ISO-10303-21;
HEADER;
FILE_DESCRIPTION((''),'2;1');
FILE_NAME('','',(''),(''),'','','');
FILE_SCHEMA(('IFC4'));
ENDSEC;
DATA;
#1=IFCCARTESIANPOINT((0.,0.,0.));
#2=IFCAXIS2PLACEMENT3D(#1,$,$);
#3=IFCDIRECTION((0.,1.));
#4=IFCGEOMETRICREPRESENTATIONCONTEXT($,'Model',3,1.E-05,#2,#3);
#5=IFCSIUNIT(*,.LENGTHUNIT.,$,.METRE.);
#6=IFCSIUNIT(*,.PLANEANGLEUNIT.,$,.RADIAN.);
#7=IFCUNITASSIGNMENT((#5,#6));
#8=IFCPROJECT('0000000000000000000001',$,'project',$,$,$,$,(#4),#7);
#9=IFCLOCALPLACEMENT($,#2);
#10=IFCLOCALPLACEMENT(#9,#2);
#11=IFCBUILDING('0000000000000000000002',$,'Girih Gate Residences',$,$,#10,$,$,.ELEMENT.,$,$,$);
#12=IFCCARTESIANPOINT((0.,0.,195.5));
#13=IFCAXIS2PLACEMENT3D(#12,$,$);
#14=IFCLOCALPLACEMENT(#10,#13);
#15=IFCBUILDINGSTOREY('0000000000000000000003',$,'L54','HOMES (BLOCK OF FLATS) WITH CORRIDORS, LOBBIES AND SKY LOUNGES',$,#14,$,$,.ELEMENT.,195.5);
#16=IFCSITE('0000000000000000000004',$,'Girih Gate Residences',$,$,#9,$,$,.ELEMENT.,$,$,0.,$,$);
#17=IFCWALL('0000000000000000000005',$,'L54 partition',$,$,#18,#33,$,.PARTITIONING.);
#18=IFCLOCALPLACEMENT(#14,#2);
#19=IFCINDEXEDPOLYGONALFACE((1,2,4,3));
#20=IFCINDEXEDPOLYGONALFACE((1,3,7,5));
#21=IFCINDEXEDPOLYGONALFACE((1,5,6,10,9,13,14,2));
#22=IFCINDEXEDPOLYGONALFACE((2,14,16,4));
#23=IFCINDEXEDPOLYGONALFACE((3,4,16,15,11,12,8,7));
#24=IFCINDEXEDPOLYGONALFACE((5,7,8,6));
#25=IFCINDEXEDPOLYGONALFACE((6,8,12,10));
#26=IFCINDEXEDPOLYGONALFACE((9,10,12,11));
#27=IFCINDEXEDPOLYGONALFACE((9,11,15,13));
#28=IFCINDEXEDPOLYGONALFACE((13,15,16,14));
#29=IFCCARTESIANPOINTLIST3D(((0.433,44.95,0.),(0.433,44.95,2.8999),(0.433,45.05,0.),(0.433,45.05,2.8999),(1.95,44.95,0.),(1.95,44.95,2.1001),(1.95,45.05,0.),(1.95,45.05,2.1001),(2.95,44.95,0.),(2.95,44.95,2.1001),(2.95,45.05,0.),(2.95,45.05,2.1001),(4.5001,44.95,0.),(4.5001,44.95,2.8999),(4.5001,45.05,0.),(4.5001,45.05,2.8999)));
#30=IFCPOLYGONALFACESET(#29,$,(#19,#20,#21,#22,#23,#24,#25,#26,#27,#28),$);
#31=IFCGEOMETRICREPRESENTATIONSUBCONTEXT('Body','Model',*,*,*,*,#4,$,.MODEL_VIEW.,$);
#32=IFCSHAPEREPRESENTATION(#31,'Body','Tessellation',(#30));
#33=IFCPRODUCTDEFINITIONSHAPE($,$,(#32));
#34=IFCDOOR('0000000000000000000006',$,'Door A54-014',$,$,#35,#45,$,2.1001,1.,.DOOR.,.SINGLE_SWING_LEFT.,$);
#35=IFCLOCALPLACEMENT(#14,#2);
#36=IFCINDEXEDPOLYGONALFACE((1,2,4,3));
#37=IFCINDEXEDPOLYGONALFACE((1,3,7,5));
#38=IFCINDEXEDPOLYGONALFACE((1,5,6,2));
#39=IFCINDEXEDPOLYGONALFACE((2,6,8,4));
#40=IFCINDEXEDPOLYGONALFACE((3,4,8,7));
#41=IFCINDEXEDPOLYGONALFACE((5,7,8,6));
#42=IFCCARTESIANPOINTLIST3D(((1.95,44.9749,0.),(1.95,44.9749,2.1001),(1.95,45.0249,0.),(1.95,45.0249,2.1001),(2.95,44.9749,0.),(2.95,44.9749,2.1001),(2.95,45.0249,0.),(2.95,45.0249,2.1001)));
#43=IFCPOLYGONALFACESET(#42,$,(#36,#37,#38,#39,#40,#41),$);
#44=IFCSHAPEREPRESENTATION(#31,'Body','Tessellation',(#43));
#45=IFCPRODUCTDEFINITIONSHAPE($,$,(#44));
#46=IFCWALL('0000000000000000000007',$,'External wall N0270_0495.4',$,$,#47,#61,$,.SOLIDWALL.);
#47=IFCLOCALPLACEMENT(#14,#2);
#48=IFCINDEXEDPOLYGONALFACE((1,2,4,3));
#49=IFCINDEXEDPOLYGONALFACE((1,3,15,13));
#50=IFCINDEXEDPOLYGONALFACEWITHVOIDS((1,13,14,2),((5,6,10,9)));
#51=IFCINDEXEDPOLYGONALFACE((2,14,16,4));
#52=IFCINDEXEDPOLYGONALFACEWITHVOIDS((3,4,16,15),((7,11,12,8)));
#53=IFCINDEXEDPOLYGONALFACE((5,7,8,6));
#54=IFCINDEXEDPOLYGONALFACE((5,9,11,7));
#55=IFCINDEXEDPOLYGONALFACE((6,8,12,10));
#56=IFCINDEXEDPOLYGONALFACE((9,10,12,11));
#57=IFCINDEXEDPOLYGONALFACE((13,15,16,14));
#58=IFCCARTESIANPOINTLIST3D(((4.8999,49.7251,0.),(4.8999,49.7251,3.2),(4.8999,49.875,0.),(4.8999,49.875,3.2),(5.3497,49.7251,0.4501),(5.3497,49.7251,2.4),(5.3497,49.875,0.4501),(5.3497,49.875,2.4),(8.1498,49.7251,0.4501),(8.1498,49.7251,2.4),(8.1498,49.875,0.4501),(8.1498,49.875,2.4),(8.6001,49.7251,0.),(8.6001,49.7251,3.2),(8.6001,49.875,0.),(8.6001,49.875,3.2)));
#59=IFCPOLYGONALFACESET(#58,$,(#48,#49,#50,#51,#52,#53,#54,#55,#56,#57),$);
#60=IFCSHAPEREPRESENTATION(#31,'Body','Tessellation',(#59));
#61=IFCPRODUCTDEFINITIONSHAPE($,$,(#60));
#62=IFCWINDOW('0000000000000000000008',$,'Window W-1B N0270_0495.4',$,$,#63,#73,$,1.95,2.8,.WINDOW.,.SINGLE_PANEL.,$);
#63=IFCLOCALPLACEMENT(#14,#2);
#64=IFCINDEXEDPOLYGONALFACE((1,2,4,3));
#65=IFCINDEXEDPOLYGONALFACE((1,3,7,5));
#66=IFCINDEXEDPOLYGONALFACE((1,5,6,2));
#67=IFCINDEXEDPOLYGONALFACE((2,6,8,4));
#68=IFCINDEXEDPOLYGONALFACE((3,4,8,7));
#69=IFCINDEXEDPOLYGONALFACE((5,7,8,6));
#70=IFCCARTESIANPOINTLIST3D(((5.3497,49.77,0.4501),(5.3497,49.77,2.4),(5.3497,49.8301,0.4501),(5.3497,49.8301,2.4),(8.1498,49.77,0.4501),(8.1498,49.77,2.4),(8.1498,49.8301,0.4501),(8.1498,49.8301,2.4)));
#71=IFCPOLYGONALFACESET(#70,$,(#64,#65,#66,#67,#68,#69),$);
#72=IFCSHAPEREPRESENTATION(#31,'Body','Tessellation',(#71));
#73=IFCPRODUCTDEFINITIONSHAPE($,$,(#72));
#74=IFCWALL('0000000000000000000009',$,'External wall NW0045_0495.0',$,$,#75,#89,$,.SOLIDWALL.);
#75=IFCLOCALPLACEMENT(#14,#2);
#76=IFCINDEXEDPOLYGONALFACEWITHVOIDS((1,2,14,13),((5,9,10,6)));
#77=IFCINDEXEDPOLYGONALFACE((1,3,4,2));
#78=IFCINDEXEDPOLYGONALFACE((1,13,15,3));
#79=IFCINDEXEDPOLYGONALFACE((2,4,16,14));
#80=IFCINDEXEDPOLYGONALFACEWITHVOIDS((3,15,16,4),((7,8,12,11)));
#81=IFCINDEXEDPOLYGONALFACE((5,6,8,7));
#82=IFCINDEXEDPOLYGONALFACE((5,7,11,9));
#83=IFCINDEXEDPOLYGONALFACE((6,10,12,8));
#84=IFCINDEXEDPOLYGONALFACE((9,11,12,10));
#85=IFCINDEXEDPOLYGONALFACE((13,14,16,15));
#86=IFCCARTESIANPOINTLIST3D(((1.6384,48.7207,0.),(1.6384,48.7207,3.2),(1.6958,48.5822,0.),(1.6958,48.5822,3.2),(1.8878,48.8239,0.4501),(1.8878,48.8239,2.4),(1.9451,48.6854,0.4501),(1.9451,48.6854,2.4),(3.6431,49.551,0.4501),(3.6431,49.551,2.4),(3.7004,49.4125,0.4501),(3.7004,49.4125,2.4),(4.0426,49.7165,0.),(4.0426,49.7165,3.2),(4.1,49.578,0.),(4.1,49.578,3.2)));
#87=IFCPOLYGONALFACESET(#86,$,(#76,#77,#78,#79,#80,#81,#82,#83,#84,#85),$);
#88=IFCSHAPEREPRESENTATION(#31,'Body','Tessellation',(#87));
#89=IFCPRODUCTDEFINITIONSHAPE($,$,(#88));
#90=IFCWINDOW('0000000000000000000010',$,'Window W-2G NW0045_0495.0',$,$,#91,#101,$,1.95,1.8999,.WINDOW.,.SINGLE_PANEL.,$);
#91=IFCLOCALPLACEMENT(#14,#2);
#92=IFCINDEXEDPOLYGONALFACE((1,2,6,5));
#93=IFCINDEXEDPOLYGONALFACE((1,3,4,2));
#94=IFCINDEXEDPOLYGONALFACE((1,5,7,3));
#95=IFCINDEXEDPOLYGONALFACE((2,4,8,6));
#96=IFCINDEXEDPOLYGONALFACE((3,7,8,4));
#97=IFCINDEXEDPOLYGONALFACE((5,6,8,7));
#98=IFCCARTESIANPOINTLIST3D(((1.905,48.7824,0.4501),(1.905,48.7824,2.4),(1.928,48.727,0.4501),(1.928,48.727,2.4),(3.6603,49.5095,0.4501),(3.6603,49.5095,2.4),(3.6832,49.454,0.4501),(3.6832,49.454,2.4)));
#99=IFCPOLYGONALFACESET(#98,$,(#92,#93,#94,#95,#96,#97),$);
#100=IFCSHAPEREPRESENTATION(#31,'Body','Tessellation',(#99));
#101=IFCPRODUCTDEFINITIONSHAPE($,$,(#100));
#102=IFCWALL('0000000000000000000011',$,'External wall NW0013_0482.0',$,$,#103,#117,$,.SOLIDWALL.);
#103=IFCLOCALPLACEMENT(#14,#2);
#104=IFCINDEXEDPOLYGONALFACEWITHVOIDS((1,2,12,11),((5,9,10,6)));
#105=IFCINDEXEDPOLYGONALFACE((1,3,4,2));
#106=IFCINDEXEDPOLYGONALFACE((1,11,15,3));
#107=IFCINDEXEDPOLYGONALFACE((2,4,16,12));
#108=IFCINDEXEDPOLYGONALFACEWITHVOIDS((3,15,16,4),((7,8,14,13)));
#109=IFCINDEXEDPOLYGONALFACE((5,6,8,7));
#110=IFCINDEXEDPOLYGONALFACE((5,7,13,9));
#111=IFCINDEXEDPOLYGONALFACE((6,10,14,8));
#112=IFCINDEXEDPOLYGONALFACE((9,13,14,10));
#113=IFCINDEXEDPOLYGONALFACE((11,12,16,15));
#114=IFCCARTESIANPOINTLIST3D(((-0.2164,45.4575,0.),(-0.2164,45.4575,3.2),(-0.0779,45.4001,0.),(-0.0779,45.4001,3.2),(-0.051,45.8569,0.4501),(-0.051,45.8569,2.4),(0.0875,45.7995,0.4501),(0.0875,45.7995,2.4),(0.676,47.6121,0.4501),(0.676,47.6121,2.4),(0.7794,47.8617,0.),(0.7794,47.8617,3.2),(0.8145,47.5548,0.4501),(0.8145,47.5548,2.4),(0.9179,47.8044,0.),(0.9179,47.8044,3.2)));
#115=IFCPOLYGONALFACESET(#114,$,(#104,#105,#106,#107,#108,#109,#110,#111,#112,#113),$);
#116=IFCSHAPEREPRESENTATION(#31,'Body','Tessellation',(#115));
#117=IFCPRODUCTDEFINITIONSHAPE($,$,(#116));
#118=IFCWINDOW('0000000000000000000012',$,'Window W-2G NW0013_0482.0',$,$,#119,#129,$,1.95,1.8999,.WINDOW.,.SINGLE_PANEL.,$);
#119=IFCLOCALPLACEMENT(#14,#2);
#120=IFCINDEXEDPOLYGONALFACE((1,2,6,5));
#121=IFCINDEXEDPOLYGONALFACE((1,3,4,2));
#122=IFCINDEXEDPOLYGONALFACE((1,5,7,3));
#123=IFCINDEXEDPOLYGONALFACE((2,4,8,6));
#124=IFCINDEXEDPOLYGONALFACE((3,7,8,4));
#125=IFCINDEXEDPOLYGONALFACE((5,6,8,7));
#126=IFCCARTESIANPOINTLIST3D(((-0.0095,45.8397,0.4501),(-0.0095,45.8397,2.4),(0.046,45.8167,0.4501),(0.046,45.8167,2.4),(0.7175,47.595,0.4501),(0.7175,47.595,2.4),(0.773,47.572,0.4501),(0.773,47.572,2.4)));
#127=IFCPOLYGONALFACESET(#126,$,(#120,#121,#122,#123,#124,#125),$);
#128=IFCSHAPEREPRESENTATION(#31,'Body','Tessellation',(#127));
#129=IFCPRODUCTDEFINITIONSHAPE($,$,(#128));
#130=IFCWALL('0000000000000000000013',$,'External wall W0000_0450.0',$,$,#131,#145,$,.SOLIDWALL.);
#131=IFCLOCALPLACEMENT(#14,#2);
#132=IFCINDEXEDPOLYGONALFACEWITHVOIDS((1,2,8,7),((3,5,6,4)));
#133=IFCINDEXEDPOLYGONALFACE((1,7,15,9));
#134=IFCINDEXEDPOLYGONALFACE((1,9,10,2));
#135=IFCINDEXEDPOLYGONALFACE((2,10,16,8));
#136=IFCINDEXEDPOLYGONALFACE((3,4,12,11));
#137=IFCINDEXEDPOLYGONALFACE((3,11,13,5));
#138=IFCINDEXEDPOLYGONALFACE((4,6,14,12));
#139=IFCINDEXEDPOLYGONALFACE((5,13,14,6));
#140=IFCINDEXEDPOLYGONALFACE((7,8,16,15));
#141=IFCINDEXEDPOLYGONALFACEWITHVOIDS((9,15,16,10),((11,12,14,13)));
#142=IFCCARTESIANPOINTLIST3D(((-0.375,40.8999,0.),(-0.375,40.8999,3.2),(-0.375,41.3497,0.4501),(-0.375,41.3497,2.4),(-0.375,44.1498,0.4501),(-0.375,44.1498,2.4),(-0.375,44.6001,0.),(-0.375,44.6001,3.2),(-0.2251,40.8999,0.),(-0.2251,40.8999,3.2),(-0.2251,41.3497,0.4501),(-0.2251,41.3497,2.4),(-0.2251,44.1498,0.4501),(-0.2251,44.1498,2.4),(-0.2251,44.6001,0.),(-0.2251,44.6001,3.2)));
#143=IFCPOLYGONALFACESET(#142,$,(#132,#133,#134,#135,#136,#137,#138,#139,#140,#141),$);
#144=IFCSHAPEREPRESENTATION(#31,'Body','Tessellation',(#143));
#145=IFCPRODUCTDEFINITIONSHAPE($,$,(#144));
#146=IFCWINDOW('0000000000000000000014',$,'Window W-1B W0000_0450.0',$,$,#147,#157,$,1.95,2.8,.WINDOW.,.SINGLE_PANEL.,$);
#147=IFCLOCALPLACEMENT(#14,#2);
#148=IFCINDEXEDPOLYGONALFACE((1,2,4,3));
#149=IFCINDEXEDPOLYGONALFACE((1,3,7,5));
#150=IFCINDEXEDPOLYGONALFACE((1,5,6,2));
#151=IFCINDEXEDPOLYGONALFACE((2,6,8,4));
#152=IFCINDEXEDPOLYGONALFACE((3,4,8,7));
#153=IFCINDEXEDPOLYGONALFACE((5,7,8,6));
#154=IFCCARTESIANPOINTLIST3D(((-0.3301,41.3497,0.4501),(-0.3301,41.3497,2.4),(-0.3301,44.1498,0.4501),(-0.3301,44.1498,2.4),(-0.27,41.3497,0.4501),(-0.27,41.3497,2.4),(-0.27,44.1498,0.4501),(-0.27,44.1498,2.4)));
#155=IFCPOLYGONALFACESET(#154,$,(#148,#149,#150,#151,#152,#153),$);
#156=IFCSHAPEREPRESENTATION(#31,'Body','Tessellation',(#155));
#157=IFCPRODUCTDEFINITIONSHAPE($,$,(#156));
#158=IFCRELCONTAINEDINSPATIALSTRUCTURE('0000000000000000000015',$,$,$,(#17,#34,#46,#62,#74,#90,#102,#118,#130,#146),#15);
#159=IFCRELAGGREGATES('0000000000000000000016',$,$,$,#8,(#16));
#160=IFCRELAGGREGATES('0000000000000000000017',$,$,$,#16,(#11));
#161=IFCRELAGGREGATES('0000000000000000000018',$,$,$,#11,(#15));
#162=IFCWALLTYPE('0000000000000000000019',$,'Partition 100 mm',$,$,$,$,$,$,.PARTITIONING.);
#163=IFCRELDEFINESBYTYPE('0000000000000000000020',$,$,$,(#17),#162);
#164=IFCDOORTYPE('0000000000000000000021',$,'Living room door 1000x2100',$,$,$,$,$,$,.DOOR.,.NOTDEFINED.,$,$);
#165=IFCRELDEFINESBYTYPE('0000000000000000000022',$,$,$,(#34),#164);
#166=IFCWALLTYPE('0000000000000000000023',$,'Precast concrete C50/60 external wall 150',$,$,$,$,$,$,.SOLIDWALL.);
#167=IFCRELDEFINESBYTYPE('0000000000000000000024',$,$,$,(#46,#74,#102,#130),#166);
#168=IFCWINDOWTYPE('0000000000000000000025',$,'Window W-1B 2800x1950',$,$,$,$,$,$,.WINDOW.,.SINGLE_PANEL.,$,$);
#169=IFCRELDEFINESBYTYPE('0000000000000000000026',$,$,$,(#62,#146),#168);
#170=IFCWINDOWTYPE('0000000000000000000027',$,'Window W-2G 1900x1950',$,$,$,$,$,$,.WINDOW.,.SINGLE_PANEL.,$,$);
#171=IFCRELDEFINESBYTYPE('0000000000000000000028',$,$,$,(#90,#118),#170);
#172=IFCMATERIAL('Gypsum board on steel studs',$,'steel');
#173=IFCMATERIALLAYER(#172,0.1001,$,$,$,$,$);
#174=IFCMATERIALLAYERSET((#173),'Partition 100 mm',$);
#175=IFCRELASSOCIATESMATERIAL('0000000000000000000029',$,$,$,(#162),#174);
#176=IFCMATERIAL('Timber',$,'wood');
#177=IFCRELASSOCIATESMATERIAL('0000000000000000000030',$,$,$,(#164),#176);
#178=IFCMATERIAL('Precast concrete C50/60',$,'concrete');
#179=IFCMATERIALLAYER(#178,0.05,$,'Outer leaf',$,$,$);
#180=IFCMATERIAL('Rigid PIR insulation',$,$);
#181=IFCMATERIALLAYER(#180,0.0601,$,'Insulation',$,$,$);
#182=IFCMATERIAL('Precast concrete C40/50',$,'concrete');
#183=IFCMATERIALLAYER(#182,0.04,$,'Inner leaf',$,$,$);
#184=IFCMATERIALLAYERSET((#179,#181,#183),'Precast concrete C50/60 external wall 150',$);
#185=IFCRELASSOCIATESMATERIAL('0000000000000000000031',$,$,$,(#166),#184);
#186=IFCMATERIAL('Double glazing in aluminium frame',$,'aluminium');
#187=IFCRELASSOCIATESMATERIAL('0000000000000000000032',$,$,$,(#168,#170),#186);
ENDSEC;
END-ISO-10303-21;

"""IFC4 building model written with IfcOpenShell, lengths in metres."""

from ifc_helpers import new_model, si_unit, direction, frame, frame_2d, origin, place, context, subcontext, project, spatial, rectangle, extrude, material, layer, layer_set, type_object, element, fill, save


model = new_model("IFC4")

# Units and contexts
model_context = context("Model", 3, precision=1e-05, world=origin(), true_north=direction((0.0, 1.0)))
body_context = subcontext(model_context, "Body", "Model", "MODEL_VIEW")
ifc_project = project(units=[si_unit("LENGTHUNIT", "METRE"), si_unit("PLANEANGLEUNIT", "RADIAN")], contexts=[model_context])

# Site, building, storey
site_placement = place(None, origin())
site = spatial("IfcSite", under=ifc_project, at=site_placement, Name="Girih Gate Residences", CompositionType="ELEMENT", RefElevation=0.0)
building_placement = place(site_placement, origin())
building = spatial("IfcBuilding", under=site, at=building_placement, Name="Girih Gate Residences", CompositionType="ELEMENT")
storey_placement = place(building_placement, frame((0.0, 0.0, 195.5)))
storey = spatial("IfcBuildingStorey", under=building, at=storey_placement, Name="L54", Description="HOMES (BLOCK OF FLATS) WITH CORRIDORS, LOBBIES AND SKY LOUNGES", CompositionType="ELEMENT", Elevation=195.5)

# Shared definitions
ifc_material_1 = material(Name="Gypsum board on steel studs", Category="steel")

# Shared definitions
ifc_material_2 = material(Name="Timber", Category="wood")
ifc_layer_1 = layer(ifc_material_1, 0.1001)
ifc_layer_set_1 = layer_set([ifc_layer_1], Name="Partition 100 mm")
wall_type_1 = type_object("IfcWallType", Name="Partition 100 mm", PredefinedType="PARTITIONING", material=ifc_layer_set_1)

# Wall, opening, door
wall_1_placement = place(storey_placement, frame((0.4329, 45.0, 0.0), z_axis=(0.0, 0.0, 1.0), x_axis=(1.0, 0.0, 0.0)))
wall_1 = element("IfcWall", 1, at=wall_1_placement, inside=storey, type_object=wall_type_1, Name="L54 partition", PredefinedType="PARTITIONING", context=body_context, shape_type="SweptSolid", body=[
    extrude(rectangle(XDim=4.0671, YDim=0.1001, at=frame_2d((2.0337, 0.0))), origin(), (0.0, 0.0, 1.0), 2.8999),
])
opening_1_placement = place(wall_1_placement, frame((1.5171, 0.0, 0.0)))
opening_1 = element("IfcOpeningElement", 2, at=opening_1_placement, cuts=wall_1, PredefinedType="OPENING", context=body_context, shape_type="SweptSolid", body=[
    extrude(rectangle(XDim=1.0, YDim=2.1001, at=frame_2d((0.5, 1.05))), frame((0.0, 0.0601, 0.0), z_axis=(0.0, -1.0, 0.0), x_axis=(1.0, 0.0, 0.0)), (0.0, 0.0, 1.0), 0.1201),
])
door_type_1 = type_object("IfcDoorType", Name="Living room door 1000x2100", OperationType="NOTDEFINED", PredefinedType="DOOR", material=ifc_material_2)
door_1_placement = place(opening_1_placement, origin())
door_1 = element("IfcDoor", 3, at=door_1_placement, inside=storey, type_object=door_type_1, Name="Door A54-014", OperationType="SINGLE_SWING_LEFT", OverallHeight=2.1001, OverallWidth=1.0, PredefinedType="DOOR", context=body_context, shape_type="SweptSolid", body=[
    extrude(rectangle(XDim=1.0, YDim=2.1001, at=frame_2d((0.5, 1.05))), frame((0.0, 0.0249, 0.0), z_axis=(0.0, -1.0, 0.0), x_axis=(1.0, 0.0, 0.0)), (0.0, 0.0, 1.0), 0.05),
])
fill(opening_1, door_1)

# Walls, openings, windows
ifc_material_3 = material(Name="Precast concrete C50/60", Category="concrete")
ifc_layer_2 = layer(ifc_material_3, 0.05, Name="Outer leaf")
ifc_material_4 = material(Name="Rigid PIR insulation")
ifc_layer_3 = layer(ifc_material_4, 0.0601, Name="Insulation")
ifc_material_5 = material(Name="Precast concrete C40/50", Category="concrete")
ifc_layer_4 = layer(ifc_material_5, 0.04, Name="Inner leaf")
ifc_layer_set_2 = layer_set([ifc_layer_2, ifc_layer_3, ifc_layer_4], Name="Precast concrete C50/60 external wall 150")
wall_type_2 = type_object("IfcWallType", Name="Precast concrete C50/60 external wall 150", PredefinedType="SOLIDWALL", material=ifc_layer_set_2)
wall_2_placement = place(storey_placement, frame((4.8999, 49.8, 0.0), z_axis=(0.0, 0.0, 1.0), x_axis=(1.0, 0.0, 0.0)))
wall_2 = element("IfcWall", 4, at=wall_2_placement, inside=storey, type_object=wall_type_2, Name="External wall N0270_0495.4", PredefinedType="SOLIDWALL", context=body_context, shape_type="SweptSolid", body=[
    extrude(rectangle(XDim=3.7002, YDim=0.1499, at=frame_2d((1.8501, 0.0))), origin(), (0.0, 0.0, 1.0), 3.2),
])
opening_2_placement = place(wall_2_placement, frame((0.45, 0.0, 0.45)))
opening_2 = element("IfcOpeningElement", 5, at=opening_2_placement, cuts=wall_2, PredefinedType="OPENING", context=body_context, shape_type="SweptSolid", body=[
    extrude(rectangle(XDim=2.8, YDim=1.95, at=frame_2d((1.3999, 0.9751))), frame((0.0, 0.085, 0.0), z_axis=(0.0, -1.0, 0.0), x_axis=(1.0, 0.0, 0.0)), (0.0, 0.0, 1.0), 0.1699),
])
ifc_material_6 = material(Name="Double glazing in aluminium frame", Category="aluminium")
window_type_1 = type_object("IfcWindowType", Name="Window W-1B 2800x1950", PartitioningType="SINGLE_PANEL", PredefinedType="WINDOW", material=ifc_material_6)
window_1_placement = place(opening_2_placement, origin())
window_1 = element("IfcWindow", 6, at=window_1_placement, inside=storey, type_object=window_type_1, Name="Window W-1B N0270_0495.4", OverallHeight=1.95, OverallWidth=2.8, PartitioningType="SINGLE_PANEL", PredefinedType="WINDOW", context=body_context, shape_type="SweptSolid", body=[
    extrude(rectangle(XDim=2.8, YDim=1.95, at=frame_2d((1.3999, 0.9751))), frame((0.0, 0.03, 0.0), z_axis=(0.0, -1.0, 0.0), x_axis=(1.0, 0.0, 0.0)), (0.0, 0.0, 1.0), 0.0601),
])
fill(opening_2, window_1)
wall_3_placement = place(storey_placement, frame((1.667, 48.6514, 0.0), z_axis=(0.0, 0.0, 1.0), x_axis=(0.923885, 0.382669, 0.0)))
wall_3 = element("IfcWall", 7, at=wall_3_placement, inside=storey, type_object=wall_type_2, Name="External wall NW0045_0495.0", PredefinedType="SOLIDWALL", context=body_context, shape_type="SweptSolid", body=[
    extrude(rectangle(XDim=2.6023, YDim=0.1499, at=frame_2d((1.3013, 0.0))), origin(), (0.0, 0.0, 1.0), 3.2),
])
opening_3_placement = place(wall_3_placement, frame((0.27, 0.0, 0.45)))
opening_3 = element("IfcOpeningElement", 8, at=opening_3_placement, cuts=wall_3, PredefinedType="OPENING", context=body_context, shape_type="SweptSolid", body=[
    extrude(rectangle(XDim=1.8999, YDim=1.95, at=frame_2d((0.95, 0.9751))), frame((0.0, 0.085, 0.0), z_axis=(0.0, -1.0, 0.0), x_axis=(1.0, 0.0, 0.0)), (0.0, 0.0, 1.0), 0.1699),
])
window_type_2 = type_object("IfcWindowType", Name="Window W-2G 1900x1950", PartitioningType="SINGLE_PANEL", PredefinedType="WINDOW", material=ifc_material_6)
window_2_placement = place(opening_3_placement, origin())
window_2 = element("IfcWindow", 9, at=window_2_placement, inside=storey, type_object=window_type_2, Name="Window W-2G NW0045_0495.0", OverallHeight=1.95, OverallWidth=1.8999, PartitioningType="SINGLE_PANEL", PredefinedType="WINDOW", context=body_context, shape_type="SweptSolid", body=[
    extrude(rectangle(XDim=1.8999, YDim=1.95, at=frame_2d((0.95, 0.9751))), frame((0.0, 0.03, 0.0), z_axis=(0.0, -1.0, 0.0), x_axis=(1.0, 0.0, 0.0)), (0.0, 0.0, 1.0), 0.0601),
])
fill(opening_3, window_2)
wall_4_placement = place(storey_placement, frame((-0.1472, 45.4287, 0.0), z_axis=(0.0, 0.0, 1.0), x_axis=(0.382669, 0.923885, 0.0)))
wall_4 = element("IfcWall", 10, at=wall_4_placement, inside=storey, type_object=wall_type_2, Name="External wall NW0013_0482.0", PredefinedType="SOLIDWALL", context=body_context, shape_type="SweptSolid", body=[
    extrude(rectangle(XDim=2.6023, YDim=0.1499, at=frame_2d((1.3013, 0.0))), origin(), (0.0, 0.0, 1.0), 3.2),
])
opening_4_placement = place(wall_4_placement, frame((0.4324, 0.0, 0.45)))
opening_4 = element("IfcOpeningElement", 11, at=opening_4_placement, cuts=wall_4, PredefinedType="OPENING", context=body_context, shape_type="SweptSolid", body=[
    extrude(rectangle(XDim=1.8999, YDim=1.95, at=frame_2d((0.95, 0.9751))), frame((0.0, 0.085, 0.0), z_axis=(0.0, -1.0, 0.0), x_axis=(1.0, 0.0, 0.0)), (0.0, 0.0, 1.0), 0.1699),
])
window_3_placement = place(opening_4_placement, origin())
window_3 = element("IfcWindow", 12, at=window_3_placement, inside=storey, type_object=window_type_2, Name="Window W-2G NW0013_0482.0", OverallHeight=1.95, OverallWidth=1.8999, PartitioningType="SINGLE_PANEL", PredefinedType="WINDOW", context=body_context, shape_type="SweptSolid", body=[
    extrude(rectangle(XDim=1.8999, YDim=1.95, at=frame_2d((0.95, 0.9751))), frame((0.0, 0.03, 0.0), z_axis=(0.0, -1.0, 0.0), x_axis=(1.0, 0.0, 0.0)), (0.0, 0.0, 1.0), 0.0601),
])
fill(opening_4, window_3)
wall_5_placement = place(storey_placement, frame((-0.3, 40.8999, 0.0), z_axis=(0.0, 0.0, 1.0), x_axis=(0.0, 1.0, 0.0)))
wall_5 = element("IfcWall", 13, at=wall_5_placement, inside=storey, type_object=wall_type_2, Name="External wall W0000_0450.0", PredefinedType="SOLIDWALL", context=body_context, shape_type="SweptSolid", body=[
    extrude(rectangle(XDim=3.7002, YDim=0.1499, at=frame_2d((1.8501, 0.0))), origin(), (0.0, 0.0, 1.0), 3.2),
])
opening_5_placement = place(wall_5_placement, frame((0.45, 0.0, 0.45)))
opening_5 = element("IfcOpeningElement", 14, at=opening_5_placement, cuts=wall_5, PredefinedType="OPENING", context=body_context, shape_type="SweptSolid", body=[
    extrude(rectangle(XDim=2.8, YDim=1.95, at=frame_2d((1.3999, 0.9751))), frame((0.0, 0.085, 0.0), z_axis=(0.0, -1.0, 0.0), x_axis=(1.0, 0.0, 0.0)), (0.0, 0.0, 1.0), 0.1699),
])
window_4_placement = place(opening_5_placement, origin())
window_4 = element("IfcWindow", 15, at=window_4_placement, inside=storey, type_object=window_type_1, Name="Window W-1B W0000_0450.0", OverallHeight=1.95, OverallWidth=2.8, PartitioningType="SINGLE_PANEL", PredefinedType="WINDOW", context=body_context, shape_type="SweptSolid", body=[
    extrude(rectangle(XDim=2.8, YDim=1.95, at=frame_2d((1.3999, 0.9751))), frame((0.0, 0.03, 0.0), z_axis=(0.0, -1.0, 0.0), x_axis=(1.0, 0.0, 0.0)), (0.0, 0.0, 1.0), 0.0601),
])
fill(opening_5, window_4)

save(model, "model.ifc")
